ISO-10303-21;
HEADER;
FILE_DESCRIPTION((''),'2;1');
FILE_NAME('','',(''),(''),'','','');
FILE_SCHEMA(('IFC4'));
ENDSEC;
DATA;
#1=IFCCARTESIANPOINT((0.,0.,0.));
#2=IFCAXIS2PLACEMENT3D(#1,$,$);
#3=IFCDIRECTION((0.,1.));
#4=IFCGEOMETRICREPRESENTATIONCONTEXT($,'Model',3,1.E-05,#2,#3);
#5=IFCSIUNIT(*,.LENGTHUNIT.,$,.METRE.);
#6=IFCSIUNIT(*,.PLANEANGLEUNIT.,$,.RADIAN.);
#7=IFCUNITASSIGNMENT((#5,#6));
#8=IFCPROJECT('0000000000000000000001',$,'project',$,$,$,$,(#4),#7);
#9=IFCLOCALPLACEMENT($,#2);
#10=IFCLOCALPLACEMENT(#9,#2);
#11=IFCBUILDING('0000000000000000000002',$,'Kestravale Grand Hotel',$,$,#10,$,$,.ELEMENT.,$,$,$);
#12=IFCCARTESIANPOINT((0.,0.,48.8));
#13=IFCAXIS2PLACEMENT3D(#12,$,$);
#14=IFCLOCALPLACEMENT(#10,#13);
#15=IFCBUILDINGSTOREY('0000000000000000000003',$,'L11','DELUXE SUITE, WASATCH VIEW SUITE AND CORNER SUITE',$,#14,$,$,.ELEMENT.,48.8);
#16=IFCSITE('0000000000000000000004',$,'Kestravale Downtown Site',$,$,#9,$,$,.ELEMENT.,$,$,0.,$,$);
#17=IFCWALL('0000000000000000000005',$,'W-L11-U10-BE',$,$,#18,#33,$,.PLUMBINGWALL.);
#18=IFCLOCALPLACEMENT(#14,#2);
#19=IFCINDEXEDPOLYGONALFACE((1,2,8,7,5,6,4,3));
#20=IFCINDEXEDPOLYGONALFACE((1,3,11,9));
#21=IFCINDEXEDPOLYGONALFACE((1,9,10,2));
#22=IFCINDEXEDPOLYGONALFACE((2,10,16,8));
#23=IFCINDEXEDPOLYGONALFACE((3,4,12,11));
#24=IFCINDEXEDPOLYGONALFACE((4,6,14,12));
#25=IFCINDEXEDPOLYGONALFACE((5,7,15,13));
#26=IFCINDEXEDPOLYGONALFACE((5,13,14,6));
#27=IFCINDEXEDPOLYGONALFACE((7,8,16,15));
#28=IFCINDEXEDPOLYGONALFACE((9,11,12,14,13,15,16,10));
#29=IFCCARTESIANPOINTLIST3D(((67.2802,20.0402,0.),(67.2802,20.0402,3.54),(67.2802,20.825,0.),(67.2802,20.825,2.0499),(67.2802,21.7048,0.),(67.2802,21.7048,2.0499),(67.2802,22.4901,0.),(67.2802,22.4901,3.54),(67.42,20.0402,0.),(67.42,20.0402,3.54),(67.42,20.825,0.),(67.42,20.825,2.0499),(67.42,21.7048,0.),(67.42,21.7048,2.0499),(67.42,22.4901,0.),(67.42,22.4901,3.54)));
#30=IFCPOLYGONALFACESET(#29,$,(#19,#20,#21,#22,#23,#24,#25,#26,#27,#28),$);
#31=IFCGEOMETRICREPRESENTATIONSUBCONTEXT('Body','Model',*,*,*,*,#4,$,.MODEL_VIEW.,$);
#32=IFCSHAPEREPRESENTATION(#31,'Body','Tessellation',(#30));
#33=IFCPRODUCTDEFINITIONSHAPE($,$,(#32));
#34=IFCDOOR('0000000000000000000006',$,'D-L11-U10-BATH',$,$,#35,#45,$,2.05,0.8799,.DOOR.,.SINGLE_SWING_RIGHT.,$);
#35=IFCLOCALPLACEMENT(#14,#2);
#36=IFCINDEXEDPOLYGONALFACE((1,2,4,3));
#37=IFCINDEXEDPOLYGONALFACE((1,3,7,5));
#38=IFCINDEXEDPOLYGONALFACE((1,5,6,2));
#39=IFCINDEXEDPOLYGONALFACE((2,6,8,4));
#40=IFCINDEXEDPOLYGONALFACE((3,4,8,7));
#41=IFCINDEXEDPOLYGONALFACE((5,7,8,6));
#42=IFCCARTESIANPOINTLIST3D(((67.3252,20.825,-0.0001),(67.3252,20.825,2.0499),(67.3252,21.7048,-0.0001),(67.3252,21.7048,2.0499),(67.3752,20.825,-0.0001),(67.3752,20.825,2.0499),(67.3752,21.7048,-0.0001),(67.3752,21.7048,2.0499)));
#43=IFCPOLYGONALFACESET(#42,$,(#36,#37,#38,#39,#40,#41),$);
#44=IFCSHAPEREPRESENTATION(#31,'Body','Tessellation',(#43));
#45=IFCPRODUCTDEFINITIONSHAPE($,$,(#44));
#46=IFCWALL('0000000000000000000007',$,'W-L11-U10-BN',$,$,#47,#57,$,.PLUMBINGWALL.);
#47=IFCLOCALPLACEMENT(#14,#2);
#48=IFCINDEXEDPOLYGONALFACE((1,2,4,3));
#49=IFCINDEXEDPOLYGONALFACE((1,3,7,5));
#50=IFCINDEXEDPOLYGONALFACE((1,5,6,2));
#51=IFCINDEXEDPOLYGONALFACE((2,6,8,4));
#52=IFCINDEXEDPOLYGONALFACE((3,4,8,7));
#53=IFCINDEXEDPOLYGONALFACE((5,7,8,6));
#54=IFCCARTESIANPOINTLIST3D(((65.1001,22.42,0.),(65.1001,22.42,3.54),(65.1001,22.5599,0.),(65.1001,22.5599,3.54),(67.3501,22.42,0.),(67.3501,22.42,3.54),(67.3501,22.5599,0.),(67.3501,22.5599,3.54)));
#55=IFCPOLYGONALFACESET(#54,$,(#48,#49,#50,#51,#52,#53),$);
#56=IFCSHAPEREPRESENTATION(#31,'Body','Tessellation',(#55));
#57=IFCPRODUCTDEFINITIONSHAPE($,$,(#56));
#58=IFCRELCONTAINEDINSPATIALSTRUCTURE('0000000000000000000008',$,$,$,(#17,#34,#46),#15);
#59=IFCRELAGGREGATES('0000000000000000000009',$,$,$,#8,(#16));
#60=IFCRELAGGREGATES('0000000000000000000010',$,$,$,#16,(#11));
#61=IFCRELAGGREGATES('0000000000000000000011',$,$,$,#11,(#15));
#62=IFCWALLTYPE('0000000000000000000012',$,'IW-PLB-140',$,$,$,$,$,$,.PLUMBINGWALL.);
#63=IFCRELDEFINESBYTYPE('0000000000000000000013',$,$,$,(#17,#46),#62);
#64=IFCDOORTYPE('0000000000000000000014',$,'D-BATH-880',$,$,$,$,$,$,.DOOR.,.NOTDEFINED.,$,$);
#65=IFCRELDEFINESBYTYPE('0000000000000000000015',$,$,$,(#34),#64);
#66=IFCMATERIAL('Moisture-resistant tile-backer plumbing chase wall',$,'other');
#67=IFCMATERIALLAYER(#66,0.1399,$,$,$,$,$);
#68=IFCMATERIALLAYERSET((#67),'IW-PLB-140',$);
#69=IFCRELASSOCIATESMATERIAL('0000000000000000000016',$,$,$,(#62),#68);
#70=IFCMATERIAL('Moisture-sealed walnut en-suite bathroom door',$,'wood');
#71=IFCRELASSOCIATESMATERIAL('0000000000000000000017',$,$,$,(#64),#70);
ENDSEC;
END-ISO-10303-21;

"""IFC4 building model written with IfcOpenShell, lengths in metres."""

from ifc_helpers import new_model, si_unit, direction, frame, frame_2d, origin, place, context, subcontext, project, spatial, rectangle, extrude, material, layer, layer_set, type_object, element, fill, save


model = new_model("IFC4")

# Units and contexts
model_context = context("Model", 3, precision=1e-05, world=origin(), true_north=direction((0.0, 1.0)))
body_context = subcontext(model_context, "Body", "Model", "MODEL_VIEW")
ifc_project = project(units=[si_unit("LENGTHUNIT", "METRE"), si_unit("PLANEANGLEUNIT", "RADIAN")], contexts=[model_context])

# Site, building, storey
site_placement = place(None, origin())
site = spatial("IfcSite", under=ifc_project, at=site_placement, Name="Kestravale Downtown Site", CompositionType="ELEMENT", RefElevation=0.0)
building_placement = place(site_placement, origin())
building = spatial("IfcBuilding", under=site, at=building_placement, Name="Kestravale Grand Hotel", CompositionType="ELEMENT")
storey_placement = place(building_placement, frame((0.0, 0.0, 48.8)))
storey = spatial("IfcBuildingStorey", under=building, at=storey_placement, Name="L11", Description="DELUXE SUITE, WASATCH VIEW SUITE AND CORNER SUITE", CompositionType="ELEMENT", Elevation=48.8)

# Shared definitions
ifc_material_1 = material(Name="Moisture-resistant tile-backer plumbing chase wall", Category="other")
ifc_layer_1 = layer(ifc_material_1, 0.1399)
ifc_layer_set_1 = layer_set([ifc_layer_1], Name="IW-PLB-140")
wall_type_1 = type_object("IfcWallType", Name="IW-PLB-140", PredefinedType="PLUMBINGWALL", material=ifc_layer_set_1)

# Shared definitions
ifc_material_2 = material(Name="Moisture-sealed walnut en-suite bathroom door", Category="wood")
door_type = type_object("IfcDoorType", Name="D-BATH-880", OperationType="NOTDEFINED", PredefinedType="DOOR", material=ifc_material_2)

# Wall, opening, door
wall_1_placement = place(storey_placement, frame((67.3501, 20.04, 0.0), z_axis=(0.0, 0.0, 1.0), x_axis=(0.0, 1.0, 0.0)))
wall_1 = element("IfcWall", 1, at=wall_1_placement, inside=storey, type_object=wall_type_1, Name="W-L11-U10-BE", PredefinedType="PLUMBINGWALL", context=body_context, shape_type="SweptSolid", body=[
    extrude(rectangle(XDim=2.45, YDim=0.1399, at=frame_2d((1.2251, 0.0))), origin(), (0.0, 0.0, 1.0), 3.54),
])
opening_1_placement = place(wall_1_placement, frame((0.7849, 0.0, 0.0)))
opening_1 = element("IfcOpeningElement", 2, at=opening_1_placement, cuts=wall_1, PredefinedType="OPENING", context=body_context, shape_type="SweptSolid", body=[
    extrude(rectangle(XDim=0.8799, YDim=2.05, at=frame_2d((0.4399, 1.0249))), frame((0.0, 0.0798, 0.0), z_axis=(0.0, -1.0, 0.0), x_axis=(1.0, 0.0, 0.0)), (0.0, 0.0, 1.0), 0.1599),
])
door_1_placement = place(opening_1_placement, origin())
door_1 = element("IfcDoor", 3, at=door_1_placement, inside=storey, type_object=door_type, Name="D-L11-U10-BATH", OperationType="SINGLE_SWING_RIGHT", OverallHeight=2.05, OverallWidth=0.8799, PredefinedType="DOOR", context=body_context, shape_type="SweptSolid", body=[
    extrude(rectangle(XDim=0.8799, YDim=2.05, at=frame_2d((0.4399, 1.0249))), frame((0.0, 0.0249, 0.0), z_axis=(0.0, -1.0, 0.0), x_axis=(1.0, 0.0, 0.0)), (0.0, 0.0, 1.0), 0.05),
])
fill(opening_1, door_1)

# Wall
wall_2_placement = place(storey_placement, frame((65.1001, 22.49, 0.0), z_axis=(0.0, 0.0, 1.0), x_axis=(1.0, 0.0, 0.0)))
element("IfcWall", 4, at=wall_2_placement, inside=storey, type_object=wall_type_1, Name="W-L11-U10-BN", PredefinedType="PLUMBINGWALL", context=body_context, shape_type="SweptSolid", body=[
    extrude(rectangle(XDim=2.25, YDim=0.1399, at=frame_2d((1.125, 0.0))), origin(), (0.0, 0.0, 1.0), 3.54),
])

save(model, "model.ifc")
